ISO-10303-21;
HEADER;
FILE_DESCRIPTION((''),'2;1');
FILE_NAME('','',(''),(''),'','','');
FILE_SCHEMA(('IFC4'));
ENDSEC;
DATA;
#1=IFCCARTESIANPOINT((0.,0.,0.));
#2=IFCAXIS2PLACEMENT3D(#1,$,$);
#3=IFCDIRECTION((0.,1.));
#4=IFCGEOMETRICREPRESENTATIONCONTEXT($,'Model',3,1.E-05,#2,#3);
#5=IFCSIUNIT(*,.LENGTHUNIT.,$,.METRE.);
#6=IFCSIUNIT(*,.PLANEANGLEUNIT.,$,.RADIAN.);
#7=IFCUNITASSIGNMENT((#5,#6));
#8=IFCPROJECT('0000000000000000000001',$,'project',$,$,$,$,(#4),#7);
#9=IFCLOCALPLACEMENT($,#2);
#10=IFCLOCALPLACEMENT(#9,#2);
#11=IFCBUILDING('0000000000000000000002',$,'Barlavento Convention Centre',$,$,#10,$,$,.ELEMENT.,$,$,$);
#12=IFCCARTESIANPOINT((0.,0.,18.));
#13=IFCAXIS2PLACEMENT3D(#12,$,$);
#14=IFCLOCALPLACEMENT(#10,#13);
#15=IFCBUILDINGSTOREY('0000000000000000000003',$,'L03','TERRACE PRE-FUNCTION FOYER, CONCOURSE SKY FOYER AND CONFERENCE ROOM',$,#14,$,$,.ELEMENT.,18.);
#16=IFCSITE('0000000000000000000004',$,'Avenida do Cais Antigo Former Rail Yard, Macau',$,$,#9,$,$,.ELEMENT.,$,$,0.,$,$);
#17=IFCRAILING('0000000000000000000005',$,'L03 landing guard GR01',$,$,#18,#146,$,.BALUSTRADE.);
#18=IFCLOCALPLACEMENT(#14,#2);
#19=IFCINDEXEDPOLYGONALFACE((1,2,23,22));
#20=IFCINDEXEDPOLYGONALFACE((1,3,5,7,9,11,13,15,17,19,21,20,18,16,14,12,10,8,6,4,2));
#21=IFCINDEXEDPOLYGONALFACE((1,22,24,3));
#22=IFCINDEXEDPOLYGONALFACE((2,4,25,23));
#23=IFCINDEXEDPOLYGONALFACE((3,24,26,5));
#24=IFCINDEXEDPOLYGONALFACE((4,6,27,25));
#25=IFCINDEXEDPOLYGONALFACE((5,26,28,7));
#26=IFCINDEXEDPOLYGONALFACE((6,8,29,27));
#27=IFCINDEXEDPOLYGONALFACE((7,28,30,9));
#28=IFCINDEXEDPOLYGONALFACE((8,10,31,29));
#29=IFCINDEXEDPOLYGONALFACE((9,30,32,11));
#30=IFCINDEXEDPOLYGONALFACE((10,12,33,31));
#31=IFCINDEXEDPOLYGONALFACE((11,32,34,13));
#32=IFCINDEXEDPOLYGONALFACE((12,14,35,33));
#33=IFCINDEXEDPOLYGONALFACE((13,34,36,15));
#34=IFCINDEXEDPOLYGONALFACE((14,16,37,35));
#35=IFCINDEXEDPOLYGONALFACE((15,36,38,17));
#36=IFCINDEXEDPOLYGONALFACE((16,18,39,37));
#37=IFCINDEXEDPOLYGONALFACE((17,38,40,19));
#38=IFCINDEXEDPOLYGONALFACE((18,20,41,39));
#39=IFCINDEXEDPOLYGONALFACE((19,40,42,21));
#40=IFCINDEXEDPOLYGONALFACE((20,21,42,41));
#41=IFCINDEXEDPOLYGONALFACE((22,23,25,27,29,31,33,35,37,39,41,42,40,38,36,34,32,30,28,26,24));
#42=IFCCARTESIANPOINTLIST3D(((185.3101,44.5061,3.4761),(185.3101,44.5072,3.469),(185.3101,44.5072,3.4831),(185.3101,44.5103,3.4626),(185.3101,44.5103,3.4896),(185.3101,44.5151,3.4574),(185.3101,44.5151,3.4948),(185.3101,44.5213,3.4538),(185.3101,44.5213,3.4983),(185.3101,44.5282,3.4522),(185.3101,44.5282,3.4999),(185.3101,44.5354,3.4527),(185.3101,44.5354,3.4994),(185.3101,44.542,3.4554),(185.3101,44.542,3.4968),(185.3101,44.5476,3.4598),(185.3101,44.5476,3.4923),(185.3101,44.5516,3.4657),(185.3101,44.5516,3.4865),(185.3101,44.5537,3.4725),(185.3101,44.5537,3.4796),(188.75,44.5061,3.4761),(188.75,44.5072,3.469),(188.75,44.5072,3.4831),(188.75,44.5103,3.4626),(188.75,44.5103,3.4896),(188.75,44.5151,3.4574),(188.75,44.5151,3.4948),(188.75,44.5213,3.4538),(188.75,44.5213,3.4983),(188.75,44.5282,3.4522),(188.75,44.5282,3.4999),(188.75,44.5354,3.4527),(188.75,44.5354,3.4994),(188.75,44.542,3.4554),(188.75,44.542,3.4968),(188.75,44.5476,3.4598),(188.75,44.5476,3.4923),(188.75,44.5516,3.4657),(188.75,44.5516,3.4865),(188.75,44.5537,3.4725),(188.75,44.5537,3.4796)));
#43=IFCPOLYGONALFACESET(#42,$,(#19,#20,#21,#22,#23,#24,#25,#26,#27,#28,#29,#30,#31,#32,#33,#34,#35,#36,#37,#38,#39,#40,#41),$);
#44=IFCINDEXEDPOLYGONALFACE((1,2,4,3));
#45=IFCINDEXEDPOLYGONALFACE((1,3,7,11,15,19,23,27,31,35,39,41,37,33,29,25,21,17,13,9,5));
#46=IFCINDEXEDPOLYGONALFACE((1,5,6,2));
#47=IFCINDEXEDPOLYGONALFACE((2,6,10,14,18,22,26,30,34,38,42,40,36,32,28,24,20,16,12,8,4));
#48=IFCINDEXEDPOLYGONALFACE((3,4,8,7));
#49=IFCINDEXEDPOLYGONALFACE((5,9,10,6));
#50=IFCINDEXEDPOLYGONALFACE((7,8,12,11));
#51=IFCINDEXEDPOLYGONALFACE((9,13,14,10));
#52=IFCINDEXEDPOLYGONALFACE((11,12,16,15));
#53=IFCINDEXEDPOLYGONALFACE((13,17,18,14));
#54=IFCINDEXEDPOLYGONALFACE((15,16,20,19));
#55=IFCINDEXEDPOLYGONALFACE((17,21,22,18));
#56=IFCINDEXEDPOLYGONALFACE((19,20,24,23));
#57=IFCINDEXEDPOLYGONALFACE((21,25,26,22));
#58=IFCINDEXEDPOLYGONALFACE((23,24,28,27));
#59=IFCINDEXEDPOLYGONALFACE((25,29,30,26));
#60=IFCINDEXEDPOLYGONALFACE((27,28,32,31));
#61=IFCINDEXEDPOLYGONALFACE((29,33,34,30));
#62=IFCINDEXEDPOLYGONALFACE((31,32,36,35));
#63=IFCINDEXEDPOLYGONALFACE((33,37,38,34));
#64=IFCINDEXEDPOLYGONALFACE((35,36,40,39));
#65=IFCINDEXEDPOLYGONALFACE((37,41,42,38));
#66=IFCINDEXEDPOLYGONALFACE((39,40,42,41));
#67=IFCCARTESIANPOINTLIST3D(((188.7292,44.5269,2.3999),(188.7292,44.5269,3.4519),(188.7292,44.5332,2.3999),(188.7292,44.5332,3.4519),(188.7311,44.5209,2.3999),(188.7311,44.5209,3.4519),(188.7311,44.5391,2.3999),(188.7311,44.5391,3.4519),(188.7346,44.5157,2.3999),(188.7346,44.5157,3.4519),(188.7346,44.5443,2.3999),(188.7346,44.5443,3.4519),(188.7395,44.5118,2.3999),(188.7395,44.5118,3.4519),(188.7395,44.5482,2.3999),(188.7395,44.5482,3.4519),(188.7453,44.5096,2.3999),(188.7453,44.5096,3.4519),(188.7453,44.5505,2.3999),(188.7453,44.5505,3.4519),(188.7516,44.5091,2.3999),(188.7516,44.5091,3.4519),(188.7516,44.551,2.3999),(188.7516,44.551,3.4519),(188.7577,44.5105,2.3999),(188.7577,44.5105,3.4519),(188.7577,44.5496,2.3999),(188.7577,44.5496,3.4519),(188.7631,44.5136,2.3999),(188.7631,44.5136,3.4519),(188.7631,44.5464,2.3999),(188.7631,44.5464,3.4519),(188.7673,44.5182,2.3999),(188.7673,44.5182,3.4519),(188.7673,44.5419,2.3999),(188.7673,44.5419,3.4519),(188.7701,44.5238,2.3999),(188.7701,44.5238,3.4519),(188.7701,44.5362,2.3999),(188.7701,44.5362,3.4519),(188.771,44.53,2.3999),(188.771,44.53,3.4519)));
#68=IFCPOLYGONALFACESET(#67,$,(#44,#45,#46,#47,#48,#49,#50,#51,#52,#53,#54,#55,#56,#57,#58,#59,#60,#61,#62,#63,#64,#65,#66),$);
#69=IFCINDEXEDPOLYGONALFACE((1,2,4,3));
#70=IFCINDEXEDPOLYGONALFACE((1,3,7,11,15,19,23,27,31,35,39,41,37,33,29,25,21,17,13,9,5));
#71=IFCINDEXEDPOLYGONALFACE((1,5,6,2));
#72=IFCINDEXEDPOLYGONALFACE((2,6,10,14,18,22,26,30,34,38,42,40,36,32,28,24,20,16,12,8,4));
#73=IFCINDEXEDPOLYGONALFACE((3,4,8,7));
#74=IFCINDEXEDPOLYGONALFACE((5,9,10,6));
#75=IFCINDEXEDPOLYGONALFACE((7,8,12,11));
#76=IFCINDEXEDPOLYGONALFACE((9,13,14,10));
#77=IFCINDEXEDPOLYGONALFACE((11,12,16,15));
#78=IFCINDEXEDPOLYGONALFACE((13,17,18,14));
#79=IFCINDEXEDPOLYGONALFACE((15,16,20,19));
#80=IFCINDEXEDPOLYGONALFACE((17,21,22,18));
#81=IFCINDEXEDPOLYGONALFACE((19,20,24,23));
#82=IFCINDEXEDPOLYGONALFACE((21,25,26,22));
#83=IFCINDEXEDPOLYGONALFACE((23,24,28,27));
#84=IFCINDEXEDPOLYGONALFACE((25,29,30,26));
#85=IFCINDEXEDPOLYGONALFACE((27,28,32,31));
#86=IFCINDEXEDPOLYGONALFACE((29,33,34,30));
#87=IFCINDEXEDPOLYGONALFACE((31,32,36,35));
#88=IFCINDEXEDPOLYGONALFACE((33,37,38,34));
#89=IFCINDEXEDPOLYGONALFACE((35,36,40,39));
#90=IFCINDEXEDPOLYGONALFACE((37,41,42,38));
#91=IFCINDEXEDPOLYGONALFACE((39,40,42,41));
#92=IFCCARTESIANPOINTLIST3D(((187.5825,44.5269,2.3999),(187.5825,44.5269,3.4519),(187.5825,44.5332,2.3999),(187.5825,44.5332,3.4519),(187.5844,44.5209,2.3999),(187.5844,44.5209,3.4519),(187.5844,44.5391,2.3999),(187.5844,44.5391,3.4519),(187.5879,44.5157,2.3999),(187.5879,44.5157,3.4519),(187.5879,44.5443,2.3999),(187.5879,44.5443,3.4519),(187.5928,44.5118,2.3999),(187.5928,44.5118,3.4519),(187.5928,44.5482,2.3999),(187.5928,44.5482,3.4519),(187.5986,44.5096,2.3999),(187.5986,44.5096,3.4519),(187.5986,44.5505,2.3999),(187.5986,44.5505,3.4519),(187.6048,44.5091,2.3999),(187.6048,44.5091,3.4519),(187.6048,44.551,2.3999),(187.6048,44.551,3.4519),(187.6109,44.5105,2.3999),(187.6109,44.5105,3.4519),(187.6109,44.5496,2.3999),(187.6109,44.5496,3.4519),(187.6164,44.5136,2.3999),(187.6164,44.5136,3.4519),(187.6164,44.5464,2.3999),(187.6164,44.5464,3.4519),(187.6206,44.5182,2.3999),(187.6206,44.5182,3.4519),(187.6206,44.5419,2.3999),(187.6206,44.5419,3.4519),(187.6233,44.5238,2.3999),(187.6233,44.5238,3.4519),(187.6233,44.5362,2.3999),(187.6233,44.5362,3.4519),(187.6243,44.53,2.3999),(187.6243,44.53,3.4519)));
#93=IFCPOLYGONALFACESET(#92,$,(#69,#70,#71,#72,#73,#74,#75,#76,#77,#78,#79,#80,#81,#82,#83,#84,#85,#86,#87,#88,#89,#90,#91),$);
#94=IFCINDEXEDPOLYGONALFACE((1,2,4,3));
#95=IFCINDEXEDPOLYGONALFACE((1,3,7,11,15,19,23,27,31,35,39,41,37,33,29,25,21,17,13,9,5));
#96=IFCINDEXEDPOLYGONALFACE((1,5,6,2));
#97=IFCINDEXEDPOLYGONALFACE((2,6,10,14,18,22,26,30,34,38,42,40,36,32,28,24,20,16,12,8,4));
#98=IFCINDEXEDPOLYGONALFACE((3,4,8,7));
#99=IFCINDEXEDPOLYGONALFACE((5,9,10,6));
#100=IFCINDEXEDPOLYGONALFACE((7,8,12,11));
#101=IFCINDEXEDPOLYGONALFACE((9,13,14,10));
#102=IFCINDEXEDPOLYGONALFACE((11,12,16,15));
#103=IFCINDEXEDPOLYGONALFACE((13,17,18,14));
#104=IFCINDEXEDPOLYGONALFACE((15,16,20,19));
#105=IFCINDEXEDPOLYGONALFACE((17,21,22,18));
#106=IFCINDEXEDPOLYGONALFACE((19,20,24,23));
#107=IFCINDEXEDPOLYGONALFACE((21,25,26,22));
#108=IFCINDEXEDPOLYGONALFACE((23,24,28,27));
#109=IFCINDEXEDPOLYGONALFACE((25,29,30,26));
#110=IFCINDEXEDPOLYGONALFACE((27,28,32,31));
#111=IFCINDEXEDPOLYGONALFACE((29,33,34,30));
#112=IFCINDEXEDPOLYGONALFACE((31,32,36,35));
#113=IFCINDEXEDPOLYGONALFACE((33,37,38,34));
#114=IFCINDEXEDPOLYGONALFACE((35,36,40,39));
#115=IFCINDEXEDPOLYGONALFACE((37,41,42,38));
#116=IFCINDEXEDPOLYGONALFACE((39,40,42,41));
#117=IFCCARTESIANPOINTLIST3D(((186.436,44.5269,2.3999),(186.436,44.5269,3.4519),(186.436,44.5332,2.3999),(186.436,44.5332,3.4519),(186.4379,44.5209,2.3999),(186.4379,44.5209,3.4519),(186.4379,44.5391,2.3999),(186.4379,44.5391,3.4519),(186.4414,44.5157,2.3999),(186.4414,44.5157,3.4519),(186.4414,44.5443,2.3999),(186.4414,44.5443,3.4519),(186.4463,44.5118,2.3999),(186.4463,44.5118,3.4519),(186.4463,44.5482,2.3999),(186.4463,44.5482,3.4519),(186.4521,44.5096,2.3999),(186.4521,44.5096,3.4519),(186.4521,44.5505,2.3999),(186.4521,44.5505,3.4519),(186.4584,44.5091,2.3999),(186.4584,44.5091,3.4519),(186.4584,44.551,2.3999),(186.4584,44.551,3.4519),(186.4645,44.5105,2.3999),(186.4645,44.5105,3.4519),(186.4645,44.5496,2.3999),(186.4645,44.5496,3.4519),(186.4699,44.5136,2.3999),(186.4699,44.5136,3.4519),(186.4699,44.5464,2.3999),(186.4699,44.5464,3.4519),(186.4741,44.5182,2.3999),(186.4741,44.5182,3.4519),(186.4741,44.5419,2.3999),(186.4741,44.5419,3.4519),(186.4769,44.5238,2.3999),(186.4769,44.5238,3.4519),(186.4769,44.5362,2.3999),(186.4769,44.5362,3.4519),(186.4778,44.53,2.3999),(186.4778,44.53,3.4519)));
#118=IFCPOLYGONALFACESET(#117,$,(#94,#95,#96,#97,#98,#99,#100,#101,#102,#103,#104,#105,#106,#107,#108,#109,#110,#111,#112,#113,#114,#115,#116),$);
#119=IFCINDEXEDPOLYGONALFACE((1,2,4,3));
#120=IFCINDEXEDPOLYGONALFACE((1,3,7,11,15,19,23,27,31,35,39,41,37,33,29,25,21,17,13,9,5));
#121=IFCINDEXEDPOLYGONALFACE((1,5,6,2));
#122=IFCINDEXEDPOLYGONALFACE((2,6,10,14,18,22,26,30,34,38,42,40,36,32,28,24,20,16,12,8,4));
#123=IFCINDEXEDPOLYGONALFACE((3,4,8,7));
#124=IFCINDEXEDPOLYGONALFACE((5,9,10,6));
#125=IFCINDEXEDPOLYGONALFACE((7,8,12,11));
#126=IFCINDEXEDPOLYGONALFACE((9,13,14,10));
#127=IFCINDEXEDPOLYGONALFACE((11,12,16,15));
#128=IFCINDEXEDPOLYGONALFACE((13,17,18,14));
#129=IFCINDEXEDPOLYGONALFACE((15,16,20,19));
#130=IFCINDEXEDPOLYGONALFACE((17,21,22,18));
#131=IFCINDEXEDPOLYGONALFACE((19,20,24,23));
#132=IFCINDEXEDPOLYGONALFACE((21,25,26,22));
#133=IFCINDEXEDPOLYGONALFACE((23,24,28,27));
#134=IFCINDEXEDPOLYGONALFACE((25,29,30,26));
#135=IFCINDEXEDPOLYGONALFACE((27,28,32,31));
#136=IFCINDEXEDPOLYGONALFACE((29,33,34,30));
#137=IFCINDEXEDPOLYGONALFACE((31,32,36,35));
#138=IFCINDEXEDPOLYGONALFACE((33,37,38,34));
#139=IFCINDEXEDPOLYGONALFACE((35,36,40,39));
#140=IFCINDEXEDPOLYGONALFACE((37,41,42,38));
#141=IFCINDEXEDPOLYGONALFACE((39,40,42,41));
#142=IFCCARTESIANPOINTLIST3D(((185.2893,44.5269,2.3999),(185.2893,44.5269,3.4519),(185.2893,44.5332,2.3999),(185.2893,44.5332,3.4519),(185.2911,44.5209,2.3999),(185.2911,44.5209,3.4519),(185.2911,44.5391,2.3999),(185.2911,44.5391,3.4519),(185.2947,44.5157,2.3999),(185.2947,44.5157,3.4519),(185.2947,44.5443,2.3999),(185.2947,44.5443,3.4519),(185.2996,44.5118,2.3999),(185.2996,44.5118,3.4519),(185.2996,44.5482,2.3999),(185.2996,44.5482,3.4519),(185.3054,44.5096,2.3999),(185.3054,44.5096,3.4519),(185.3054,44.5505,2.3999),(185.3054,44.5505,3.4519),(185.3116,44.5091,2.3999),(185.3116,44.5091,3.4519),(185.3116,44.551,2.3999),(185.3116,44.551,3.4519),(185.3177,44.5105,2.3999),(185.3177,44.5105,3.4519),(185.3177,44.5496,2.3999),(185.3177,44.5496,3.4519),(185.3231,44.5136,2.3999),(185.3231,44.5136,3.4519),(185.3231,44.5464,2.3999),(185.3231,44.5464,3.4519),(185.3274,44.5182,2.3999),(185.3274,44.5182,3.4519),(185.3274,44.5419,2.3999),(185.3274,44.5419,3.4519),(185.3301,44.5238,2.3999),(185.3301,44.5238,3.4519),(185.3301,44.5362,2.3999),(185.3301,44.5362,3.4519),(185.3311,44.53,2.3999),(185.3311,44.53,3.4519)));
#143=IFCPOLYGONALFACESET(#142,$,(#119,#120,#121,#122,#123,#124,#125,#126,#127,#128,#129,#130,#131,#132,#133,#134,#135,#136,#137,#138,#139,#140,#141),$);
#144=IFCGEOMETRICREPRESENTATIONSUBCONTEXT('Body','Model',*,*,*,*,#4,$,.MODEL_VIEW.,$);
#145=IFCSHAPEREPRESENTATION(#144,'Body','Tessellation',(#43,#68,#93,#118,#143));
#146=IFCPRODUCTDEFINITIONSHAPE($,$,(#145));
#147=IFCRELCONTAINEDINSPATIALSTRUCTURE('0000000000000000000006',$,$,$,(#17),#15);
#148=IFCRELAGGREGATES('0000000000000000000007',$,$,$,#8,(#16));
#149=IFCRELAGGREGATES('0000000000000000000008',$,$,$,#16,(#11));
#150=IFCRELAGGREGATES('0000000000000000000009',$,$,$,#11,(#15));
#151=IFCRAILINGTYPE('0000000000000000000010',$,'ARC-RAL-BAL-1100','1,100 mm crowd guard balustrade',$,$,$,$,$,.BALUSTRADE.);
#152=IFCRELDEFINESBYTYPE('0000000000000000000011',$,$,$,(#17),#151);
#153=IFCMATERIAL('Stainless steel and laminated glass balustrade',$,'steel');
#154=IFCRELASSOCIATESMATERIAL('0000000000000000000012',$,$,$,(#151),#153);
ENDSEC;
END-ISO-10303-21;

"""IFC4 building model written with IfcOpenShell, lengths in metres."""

from ifc_helpers import new_model, si_unit, direction, frame, origin, origin_2d, place, context, subcontext, project, spatial, circle, extrude, material, type_object, element, save


model = new_model("IFC4")

# Units and contexts
model_context = context("Model", 3, precision=1e-05, world=origin(), true_north=direction((0.0, 1.0)))
body_context = subcontext(model_context, "Body", "Model", "MODEL_VIEW")
ifc_project = project(units=[si_unit("LENGTHUNIT", "METRE"), si_unit("PLANEANGLEUNIT", "RADIAN")], contexts=[model_context])

# Site, building, storey
site_placement = place(None, origin())
site = spatial("IfcSite", under=ifc_project, at=site_placement, Name="Avenida do Cais Antigo Former Rail Yard, Macau", CompositionType="ELEMENT", RefElevation=0.0)
building_placement = place(site_placement, origin())
building = spatial("IfcBuilding", under=site, at=building_placement, Name="Barlavento Convention Centre", CompositionType="ELEMENT")
storey_placement = place(building_placement, frame((0.0, 0.0, 18.0)))
storey = spatial("IfcBuildingStorey", under=building, at=storey_placement, Name="L03", Description="TERRACE PRE-FUNCTION FOYER, CONCOURSE SKY FOYER AND CONFERENCE ROOM", CompositionType="ELEMENT", Elevation=18.0)

# Railing
ifc_material_1 = material(Name="Stainless steel and laminated glass balustrade", Category="steel")
railing_type_1 = type_object("IfcRailingType", Name="ARC-RAL-BAL-1100", Description="1,100 mm crowd guard balustrade", PredefinedType="BALUSTRADE", material=ifc_material_1)
railing_1_placement = place(storey_placement, frame((188.75, 44.53, 2.3999)))
element("IfcRailing", 1, at=railing_1_placement, inside=storey, type_object=railing_type_1, Name="L03 landing guard GR01", PredefinedType="BALUSTRADE", context=body_context, shape_type="SweptSolid", body=[
    extrude(circle(Radius=0.0239, at=origin_2d()), frame((0.0, 0.0, 1.0762), z_axis=(-1.0, 0.0, 0.0), x_axis=(0.0, -1.0, 0.0)), (0.0, 0.0, 1.0), 3.4399),
    extrude(circle(Radius=0.021, at=origin_2d()), origin(), (0.0, 0.0, 1.0), 1.052),
    extrude(circle(Radius=0.021, at=origin_2d()), frame((-1.1467, 0.0, 0.0)), (0.0, 0.0, 1.0), 1.052),
    extrude(circle(Radius=0.021, at=origin_2d()), frame((-2.2932, 0.0, 0.0)), (0.0, 0.0, 1.0), 1.052),
    extrude(circle(Radius=0.021, at=origin_2d()), frame((-3.4399, 0.0, 0.0)), (0.0, 0.0, 1.0), 1.052),
])

save(model, "model.ifc")
